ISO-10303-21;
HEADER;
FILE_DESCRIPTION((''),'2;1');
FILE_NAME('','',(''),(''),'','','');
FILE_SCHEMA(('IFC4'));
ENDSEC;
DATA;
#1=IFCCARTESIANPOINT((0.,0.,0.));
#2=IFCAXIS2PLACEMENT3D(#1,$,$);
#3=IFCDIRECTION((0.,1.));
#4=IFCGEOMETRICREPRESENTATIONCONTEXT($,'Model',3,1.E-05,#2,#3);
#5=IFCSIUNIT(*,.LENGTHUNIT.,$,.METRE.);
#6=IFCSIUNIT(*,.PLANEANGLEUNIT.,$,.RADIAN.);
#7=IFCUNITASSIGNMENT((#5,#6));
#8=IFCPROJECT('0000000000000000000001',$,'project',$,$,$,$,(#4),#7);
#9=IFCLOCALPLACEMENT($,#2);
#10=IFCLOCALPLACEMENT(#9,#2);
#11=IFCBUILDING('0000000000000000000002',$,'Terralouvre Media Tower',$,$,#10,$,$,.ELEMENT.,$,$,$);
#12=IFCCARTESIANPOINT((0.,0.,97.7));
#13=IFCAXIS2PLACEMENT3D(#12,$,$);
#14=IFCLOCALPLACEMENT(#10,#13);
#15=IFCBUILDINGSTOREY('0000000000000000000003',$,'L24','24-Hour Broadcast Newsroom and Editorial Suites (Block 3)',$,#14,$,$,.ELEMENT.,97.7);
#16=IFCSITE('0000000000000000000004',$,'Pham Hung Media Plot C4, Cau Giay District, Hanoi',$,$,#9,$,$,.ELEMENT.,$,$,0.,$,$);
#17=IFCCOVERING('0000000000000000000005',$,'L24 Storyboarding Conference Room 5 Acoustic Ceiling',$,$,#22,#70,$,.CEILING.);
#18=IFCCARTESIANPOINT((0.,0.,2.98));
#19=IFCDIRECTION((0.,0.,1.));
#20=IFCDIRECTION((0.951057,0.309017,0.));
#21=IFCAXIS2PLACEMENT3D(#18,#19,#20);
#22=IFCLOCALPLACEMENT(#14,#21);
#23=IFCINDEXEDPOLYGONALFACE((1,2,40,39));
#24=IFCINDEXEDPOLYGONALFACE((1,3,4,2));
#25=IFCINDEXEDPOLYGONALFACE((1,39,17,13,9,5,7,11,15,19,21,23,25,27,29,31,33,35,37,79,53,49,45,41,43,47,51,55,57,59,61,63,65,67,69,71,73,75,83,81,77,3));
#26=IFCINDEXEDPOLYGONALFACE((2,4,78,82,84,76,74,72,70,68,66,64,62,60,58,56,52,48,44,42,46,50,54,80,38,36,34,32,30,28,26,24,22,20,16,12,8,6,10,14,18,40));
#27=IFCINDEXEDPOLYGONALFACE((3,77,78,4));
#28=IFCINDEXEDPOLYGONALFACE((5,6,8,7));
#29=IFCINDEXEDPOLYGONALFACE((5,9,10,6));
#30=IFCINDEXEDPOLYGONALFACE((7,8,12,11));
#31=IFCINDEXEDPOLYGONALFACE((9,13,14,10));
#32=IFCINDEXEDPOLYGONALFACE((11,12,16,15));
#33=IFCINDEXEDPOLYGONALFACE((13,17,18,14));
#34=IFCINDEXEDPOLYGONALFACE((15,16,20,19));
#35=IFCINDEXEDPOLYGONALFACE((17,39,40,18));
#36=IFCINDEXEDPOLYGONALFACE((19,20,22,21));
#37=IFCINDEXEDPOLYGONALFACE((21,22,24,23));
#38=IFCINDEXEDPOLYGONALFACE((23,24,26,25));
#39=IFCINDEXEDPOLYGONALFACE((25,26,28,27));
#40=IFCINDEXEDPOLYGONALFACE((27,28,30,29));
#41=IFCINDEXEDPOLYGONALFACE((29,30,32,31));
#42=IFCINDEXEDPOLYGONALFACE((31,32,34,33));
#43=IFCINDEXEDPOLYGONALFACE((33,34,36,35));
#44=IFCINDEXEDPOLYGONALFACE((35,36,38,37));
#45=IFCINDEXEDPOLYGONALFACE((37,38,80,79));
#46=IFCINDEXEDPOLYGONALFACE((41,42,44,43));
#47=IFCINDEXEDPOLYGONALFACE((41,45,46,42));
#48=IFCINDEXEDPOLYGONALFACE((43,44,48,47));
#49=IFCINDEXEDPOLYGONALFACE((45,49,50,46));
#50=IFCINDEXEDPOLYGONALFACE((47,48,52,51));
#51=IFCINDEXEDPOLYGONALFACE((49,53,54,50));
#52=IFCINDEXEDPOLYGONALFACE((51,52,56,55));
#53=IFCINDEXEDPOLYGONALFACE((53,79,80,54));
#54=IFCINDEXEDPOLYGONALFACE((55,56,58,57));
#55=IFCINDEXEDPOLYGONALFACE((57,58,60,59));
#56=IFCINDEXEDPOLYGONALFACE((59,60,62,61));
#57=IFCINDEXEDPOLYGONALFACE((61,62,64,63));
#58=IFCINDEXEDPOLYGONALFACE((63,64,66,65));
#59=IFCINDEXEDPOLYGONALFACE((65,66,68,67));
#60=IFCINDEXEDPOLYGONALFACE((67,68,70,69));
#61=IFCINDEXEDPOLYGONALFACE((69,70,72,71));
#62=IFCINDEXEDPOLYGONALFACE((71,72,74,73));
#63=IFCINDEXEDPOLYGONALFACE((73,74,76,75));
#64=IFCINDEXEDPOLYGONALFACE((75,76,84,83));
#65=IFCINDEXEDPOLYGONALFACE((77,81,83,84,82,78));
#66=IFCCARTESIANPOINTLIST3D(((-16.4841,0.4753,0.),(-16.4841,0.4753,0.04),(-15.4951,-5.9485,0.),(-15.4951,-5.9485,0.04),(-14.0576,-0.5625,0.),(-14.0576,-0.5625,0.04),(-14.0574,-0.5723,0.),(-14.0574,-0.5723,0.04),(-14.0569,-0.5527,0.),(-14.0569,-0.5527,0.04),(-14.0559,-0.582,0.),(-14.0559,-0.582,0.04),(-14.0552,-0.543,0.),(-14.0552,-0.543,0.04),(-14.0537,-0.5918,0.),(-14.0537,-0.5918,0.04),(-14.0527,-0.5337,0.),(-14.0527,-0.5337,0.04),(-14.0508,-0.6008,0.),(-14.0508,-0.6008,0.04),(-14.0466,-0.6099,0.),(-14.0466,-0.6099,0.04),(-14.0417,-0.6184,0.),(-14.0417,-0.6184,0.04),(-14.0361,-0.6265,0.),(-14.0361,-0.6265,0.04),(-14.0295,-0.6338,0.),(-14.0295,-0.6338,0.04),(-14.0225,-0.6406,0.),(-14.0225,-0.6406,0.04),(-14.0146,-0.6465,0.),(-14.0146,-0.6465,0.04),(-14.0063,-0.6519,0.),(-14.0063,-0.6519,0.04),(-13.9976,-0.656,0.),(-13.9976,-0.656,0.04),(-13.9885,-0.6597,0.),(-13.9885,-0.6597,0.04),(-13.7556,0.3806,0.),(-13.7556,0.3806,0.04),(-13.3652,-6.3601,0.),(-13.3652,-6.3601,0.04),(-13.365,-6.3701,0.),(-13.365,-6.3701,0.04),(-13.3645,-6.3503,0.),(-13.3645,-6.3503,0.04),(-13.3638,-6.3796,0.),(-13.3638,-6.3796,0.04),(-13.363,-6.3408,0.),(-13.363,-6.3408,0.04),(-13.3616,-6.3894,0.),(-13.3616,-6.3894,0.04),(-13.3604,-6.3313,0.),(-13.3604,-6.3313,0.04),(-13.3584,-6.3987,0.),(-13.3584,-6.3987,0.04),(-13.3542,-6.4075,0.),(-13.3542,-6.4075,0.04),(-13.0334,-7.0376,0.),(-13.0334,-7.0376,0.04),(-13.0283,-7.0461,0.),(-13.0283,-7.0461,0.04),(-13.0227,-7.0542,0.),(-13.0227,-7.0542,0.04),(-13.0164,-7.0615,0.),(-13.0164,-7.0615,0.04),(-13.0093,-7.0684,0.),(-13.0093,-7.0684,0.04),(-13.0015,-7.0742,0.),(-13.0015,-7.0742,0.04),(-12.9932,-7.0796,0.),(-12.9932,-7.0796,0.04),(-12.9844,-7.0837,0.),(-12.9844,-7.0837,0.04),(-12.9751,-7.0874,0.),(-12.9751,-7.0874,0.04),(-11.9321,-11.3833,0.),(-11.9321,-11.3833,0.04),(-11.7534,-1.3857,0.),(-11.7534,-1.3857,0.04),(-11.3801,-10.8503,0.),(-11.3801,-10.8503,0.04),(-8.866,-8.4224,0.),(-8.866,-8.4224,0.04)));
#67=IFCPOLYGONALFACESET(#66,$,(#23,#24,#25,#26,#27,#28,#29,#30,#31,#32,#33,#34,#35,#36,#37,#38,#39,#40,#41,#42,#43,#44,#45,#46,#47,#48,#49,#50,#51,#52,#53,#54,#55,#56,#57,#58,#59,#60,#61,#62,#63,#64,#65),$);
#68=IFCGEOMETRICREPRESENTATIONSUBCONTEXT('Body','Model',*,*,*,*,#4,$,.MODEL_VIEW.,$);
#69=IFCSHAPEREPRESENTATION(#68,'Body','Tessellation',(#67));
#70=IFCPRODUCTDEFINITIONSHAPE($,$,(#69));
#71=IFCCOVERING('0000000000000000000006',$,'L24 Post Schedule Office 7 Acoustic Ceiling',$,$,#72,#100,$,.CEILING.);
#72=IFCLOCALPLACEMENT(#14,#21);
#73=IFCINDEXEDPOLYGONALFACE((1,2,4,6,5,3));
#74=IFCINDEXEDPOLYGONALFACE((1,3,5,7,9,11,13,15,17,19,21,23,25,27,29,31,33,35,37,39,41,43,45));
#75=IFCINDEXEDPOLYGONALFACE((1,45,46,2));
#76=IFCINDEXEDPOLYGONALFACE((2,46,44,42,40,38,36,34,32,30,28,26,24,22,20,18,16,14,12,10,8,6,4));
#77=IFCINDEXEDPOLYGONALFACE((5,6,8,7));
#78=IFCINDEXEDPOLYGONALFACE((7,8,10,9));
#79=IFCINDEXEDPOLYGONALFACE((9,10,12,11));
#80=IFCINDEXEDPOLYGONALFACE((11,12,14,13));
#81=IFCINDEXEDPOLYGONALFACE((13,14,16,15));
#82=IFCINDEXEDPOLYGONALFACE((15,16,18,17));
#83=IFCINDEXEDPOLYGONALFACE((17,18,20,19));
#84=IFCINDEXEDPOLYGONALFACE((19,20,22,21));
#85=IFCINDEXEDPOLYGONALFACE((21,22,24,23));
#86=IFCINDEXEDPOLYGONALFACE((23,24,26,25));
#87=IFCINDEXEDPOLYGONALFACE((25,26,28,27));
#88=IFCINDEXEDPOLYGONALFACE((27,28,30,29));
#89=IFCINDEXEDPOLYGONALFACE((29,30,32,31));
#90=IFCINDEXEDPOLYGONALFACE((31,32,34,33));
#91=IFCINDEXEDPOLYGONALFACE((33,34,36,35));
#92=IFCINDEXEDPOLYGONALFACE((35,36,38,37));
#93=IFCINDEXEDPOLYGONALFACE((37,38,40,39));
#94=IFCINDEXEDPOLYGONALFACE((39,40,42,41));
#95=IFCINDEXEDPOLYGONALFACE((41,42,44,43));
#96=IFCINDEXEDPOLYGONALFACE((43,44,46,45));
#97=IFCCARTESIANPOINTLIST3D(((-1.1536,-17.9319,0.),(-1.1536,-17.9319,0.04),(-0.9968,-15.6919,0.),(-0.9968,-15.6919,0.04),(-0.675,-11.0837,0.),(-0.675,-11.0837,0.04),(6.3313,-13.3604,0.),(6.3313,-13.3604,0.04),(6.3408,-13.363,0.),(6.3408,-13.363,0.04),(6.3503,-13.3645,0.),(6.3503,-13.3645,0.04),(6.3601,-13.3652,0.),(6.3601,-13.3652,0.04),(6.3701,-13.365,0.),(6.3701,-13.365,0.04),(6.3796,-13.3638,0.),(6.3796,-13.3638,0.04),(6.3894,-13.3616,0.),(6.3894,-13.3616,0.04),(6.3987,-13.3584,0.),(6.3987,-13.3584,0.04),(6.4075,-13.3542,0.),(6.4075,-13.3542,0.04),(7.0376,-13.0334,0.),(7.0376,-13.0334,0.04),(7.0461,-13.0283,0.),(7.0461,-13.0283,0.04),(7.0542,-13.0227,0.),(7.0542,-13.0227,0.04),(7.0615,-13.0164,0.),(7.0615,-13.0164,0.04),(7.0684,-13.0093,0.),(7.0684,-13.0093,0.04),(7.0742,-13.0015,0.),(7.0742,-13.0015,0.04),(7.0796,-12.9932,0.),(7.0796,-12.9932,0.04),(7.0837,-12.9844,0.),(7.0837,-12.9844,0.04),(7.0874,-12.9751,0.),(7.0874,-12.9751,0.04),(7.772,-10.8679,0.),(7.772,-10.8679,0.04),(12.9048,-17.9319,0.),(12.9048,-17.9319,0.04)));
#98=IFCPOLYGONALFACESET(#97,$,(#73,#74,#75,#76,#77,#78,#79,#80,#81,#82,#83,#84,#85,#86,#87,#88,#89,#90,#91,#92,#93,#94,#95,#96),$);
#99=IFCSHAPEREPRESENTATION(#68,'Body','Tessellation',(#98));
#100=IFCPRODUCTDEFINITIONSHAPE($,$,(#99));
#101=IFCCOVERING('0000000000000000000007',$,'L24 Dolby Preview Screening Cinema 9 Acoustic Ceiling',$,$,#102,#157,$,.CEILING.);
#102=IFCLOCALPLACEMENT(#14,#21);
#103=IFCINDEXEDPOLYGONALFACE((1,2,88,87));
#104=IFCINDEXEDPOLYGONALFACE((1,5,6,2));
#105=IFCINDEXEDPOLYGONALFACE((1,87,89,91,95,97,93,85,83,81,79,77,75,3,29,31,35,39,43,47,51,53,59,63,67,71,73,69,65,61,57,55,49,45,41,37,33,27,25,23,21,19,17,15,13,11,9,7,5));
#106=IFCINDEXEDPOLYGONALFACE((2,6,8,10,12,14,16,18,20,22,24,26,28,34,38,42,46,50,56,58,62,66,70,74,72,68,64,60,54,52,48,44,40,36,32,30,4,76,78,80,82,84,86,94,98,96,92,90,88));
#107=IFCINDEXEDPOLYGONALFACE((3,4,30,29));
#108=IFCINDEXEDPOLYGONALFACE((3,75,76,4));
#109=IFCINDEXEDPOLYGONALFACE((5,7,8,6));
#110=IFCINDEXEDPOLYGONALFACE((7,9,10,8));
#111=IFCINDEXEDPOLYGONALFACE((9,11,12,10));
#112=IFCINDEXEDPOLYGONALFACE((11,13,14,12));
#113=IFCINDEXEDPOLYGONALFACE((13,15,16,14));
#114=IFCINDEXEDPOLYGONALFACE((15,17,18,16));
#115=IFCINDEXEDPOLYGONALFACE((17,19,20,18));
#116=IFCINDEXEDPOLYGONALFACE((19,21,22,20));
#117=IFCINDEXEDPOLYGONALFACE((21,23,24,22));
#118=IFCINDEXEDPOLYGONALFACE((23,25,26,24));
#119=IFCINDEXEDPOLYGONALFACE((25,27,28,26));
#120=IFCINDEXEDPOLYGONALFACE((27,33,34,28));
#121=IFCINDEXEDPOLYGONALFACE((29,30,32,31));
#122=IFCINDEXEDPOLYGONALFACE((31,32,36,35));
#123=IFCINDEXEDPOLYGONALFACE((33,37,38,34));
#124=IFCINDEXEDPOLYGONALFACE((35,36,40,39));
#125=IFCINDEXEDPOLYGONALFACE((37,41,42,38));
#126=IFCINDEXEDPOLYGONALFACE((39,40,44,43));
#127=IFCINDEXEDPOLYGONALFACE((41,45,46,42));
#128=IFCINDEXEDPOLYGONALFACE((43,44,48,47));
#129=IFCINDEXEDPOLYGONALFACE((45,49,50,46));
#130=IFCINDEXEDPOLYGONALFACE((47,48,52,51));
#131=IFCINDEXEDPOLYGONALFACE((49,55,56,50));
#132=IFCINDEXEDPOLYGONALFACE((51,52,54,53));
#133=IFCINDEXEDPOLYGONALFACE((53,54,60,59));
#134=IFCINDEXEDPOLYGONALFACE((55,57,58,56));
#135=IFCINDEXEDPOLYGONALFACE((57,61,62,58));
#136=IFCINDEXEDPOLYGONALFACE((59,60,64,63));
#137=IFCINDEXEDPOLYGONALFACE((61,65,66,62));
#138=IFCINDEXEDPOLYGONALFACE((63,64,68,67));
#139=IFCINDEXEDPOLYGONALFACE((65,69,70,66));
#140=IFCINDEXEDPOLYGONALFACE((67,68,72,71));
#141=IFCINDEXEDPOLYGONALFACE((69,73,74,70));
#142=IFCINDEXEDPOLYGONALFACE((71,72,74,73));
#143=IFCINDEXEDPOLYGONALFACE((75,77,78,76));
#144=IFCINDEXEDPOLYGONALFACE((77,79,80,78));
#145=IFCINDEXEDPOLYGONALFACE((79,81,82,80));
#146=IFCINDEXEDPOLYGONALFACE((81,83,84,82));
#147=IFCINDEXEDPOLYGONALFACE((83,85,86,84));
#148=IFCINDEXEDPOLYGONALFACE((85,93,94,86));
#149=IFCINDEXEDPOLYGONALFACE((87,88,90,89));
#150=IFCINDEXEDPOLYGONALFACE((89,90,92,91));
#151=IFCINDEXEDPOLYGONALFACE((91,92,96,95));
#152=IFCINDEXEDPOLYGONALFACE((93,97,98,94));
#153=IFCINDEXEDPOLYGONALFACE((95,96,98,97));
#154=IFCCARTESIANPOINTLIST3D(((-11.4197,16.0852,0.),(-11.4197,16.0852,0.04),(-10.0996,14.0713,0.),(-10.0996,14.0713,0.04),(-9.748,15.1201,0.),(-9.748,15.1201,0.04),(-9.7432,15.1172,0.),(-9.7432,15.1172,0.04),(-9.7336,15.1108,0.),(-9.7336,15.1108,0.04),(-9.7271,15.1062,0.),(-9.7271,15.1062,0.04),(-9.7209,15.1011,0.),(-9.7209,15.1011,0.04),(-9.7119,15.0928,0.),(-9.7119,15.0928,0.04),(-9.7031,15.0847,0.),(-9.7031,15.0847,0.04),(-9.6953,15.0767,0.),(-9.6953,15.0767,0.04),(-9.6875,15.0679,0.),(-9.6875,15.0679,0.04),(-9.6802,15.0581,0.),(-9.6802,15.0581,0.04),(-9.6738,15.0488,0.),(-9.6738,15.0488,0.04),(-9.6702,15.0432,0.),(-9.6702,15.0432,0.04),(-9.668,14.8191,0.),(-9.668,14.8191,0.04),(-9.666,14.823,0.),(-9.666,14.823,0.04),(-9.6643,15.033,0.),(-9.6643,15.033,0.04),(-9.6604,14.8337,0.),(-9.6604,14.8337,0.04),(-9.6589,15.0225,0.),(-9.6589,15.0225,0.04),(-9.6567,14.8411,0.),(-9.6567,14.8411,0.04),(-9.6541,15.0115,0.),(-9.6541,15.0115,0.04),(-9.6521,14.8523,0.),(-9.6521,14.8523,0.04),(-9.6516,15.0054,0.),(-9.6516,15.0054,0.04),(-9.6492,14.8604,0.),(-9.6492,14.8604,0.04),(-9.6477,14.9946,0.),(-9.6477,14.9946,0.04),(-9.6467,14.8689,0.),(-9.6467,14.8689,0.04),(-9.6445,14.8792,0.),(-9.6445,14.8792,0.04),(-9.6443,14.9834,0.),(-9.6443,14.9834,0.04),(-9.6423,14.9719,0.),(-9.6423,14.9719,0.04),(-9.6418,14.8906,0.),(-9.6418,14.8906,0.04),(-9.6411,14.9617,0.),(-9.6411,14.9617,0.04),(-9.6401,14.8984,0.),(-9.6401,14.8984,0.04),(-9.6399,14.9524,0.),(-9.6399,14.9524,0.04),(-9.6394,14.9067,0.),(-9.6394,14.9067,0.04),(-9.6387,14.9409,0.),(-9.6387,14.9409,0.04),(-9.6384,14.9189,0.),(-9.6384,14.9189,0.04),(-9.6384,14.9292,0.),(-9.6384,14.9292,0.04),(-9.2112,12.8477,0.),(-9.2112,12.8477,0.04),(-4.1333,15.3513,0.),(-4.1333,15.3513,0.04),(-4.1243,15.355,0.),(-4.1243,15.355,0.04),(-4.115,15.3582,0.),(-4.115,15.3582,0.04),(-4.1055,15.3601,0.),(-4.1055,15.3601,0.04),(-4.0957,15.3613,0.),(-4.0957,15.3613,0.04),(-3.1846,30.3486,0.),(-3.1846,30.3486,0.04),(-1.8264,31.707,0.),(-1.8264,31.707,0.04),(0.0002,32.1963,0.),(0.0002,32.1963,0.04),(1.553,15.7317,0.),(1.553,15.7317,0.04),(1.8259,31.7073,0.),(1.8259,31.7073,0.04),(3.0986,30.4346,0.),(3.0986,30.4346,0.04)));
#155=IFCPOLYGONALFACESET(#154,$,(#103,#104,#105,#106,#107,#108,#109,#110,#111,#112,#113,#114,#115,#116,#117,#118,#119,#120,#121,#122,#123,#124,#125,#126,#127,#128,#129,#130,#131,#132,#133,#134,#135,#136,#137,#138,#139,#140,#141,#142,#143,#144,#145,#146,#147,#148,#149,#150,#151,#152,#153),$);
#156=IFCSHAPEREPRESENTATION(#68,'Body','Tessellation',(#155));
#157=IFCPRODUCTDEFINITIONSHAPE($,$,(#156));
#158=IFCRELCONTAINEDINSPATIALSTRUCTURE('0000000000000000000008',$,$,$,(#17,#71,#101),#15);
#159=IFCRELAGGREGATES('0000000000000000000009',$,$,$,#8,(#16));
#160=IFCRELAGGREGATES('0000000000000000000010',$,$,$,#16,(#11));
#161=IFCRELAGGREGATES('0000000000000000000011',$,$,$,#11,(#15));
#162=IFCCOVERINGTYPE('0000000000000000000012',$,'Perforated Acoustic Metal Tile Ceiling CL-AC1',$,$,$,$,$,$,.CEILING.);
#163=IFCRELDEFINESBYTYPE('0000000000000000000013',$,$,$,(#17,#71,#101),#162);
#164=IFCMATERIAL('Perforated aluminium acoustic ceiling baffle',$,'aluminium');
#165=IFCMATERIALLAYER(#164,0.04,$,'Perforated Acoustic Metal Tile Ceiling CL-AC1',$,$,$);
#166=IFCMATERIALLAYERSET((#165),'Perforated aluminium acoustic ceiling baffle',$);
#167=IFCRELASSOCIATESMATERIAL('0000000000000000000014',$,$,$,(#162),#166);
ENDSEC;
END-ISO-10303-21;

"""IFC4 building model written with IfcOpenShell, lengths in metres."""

from ifc_helpers import new_model, si_unit, direction, frame, origin, place, context, subcontext, project, spatial, polyline, outline, extrude, material, layer, layer_set, type_object, element, save


model = new_model("IFC4")

# Units and contexts
model_context = context("Model", 3, precision=1e-05, world=origin(), true_north=direction((0.0, 1.0)))
body_context = subcontext(model_context, "Body", "Model", "MODEL_VIEW")
ifc_project = project(units=[si_unit("LENGTHUNIT", "METRE"), si_unit("PLANEANGLEUNIT", "RADIAN")], contexts=[model_context])

# Site, building, storey
site_placement = place(None, origin())
site = spatial("IfcSite", under=ifc_project, at=site_placement, Name="Pham Hung Media Plot C4, Cau Giay District, Hanoi", CompositionType="ELEMENT", RefElevation=0.0)
building_placement = place(site_placement, origin())
building = spatial("IfcBuilding", under=site, at=building_placement, Name="Terralouvre Media Tower", CompositionType="ELEMENT")
storey_placement = place(building_placement, frame((0.0, 0.0, 97.7)))
storey = spatial("IfcBuildingStorey", under=building, at=storey_placement, Name="L24", Description="24-Hour Broadcast Newsroom and Editorial Suites (Block 3)", CompositionType="ELEMENT", Elevation=97.7)

# Coverings
ifc_material_1 = material(Name="Perforated aluminium acoustic ceiling baffle", Category="aluminium")
ifc_layer_1 = layer(ifc_material_1, 0.04, Name="Perforated Acoustic Metal Tile Ceiling CL-AC1")
ifc_layer_set_1 = layer_set([ifc_layer_1], Name="Perforated aluminium acoustic ceiling baffle")
covering_type_1 = type_object("IfcCoveringType", Name="Perforated Acoustic Metal Tile Ceiling CL-AC1", PredefinedType="CEILING", material=ifc_layer_set_1)
covering_1_placement = place(storey_placement, frame((0.0, 0.0, 2.98), z_axis=(0.0, 0.0, 1.0), x_axis=(0.951057, 0.309017, 0.0)))
element("IfcCovering", 1, at=covering_1_placement, inside=storey, type_object=covering_type_1, Name="L24 Storyboarding Conference Room 5 Acoustic Ceiling", PredefinedType="CEILING", context=body_context, shape_type="SweptSolid", body=[
    extrude(outline(polyline([(-13.9976, -0.656), (-14.0063, -0.6519), (-14.0146, -0.6465), (-14.0225, -0.6406), (-14.0295, -0.6338), (-14.0361, -0.6265), (-14.0417, -0.6184), (-14.0466, -0.6099), (-14.0508, -0.6008), (-14.0537, -0.5918), (-14.0559, -0.582), (-14.0574, -0.5723), (-14.0576, -0.5625), (-14.0569, -0.5527), (-14.0552, -0.543), (-14.0527, -0.5337), (-13.7556, 0.3806), (-16.4841, 0.4753), (-15.4951, -5.9485), (-11.9321, -11.3833), (-11.3801, -10.8503), (-8.866, -8.4224), (-12.9751, -7.0874), (-12.9844, -7.0837), (-12.9932, -7.0796), (-13.0015, -7.0742), (-13.0093, -7.0684), (-13.0164, -7.0615), (-13.0227, -7.0542), (-13.0283, -7.0461), (-13.0334, -7.0376), (-13.3542, -6.4075), (-13.3584, -6.3987), (-13.3616, -6.3894), (-13.3638, -6.3796), (-13.365, -6.3701), (-13.3652, -6.3601), (-13.3645, -6.3503), (-13.363, -6.3408), (-13.3604, -6.3313), (-11.7534, -1.3857), (-13.9885, -0.6597), (-13.9976, -0.656)])), origin(), (0.0, 0.0, 1.0), 0.04),
])
covering_2_placement = place(storey_placement, frame((0.0, 0.0, 2.98), z_axis=(0.0, 0.0, 1.0), x_axis=(0.951057, 0.309017, 0.0)))
element("IfcCovering", 2, at=covering_2_placement, inside=storey, type_object=covering_type_1, Name="L24 Post Schedule Office 7 Acoustic Ceiling", PredefinedType="CEILING", context=body_context, shape_type="SweptSolid", body=[
    extrude(outline(polyline([(7.0874, -12.9751), (7.0837, -12.9844), (7.0796, -12.9932), (7.0742, -13.0015), (7.0684, -13.0093), (7.0615, -13.0164), (7.0542, -13.0227), (7.0461, -13.0283), (7.0376, -13.0334), (6.4075, -13.3542), (6.3987, -13.3584), (6.3894, -13.3616), (6.3796, -13.3638), (6.3701, -13.365), (6.3601, -13.3652), (6.3503, -13.3645), (6.3408, -13.363), (6.3313, -13.3604), (-0.675, -11.0837), (-0.9968, -15.6919), (-1.1536, -17.9319), (12.9048, -17.9319), (7.772, -10.8679), (7.0874, -12.9751)])), origin(), (0.0, 0.0, 1.0), 0.04),
])
covering_3_placement = place(storey_placement, frame((0.0, 0.0, 2.98), z_axis=(0.0, 0.0, 1.0), x_axis=(0.951057, 0.309017, 0.0)))
element("IfcCovering", 3, at=covering_3_placement, inside=storey, type_object=covering_type_1, Name="L24 Dolby Preview Screening Cinema 9 Acoustic Ceiling", PredefinedType="CEILING", context=body_context, shape_type="SweptSolid", body=[
    extrude(outline(polyline([(-11.4197, 16.0852), (-9.748, 15.1201), (-9.7432, 15.1172), (-9.7336, 15.1108), (-9.7271, 15.1062), (-9.7209, 15.1011), (-9.7119, 15.0928), (-9.7031, 15.0847), (-9.6953, 15.0767), (-9.6875, 15.0679), (-9.6802, 15.0581), (-9.6738, 15.0488), (-9.6702, 15.0432), (-9.6643, 15.033), (-9.6589, 15.0225), (-9.6541, 15.0115), (-9.6516, 15.0054), (-9.6477, 14.9946), (-9.6443, 14.9834), (-9.6423, 14.9719), (-9.6411, 14.9617), (-9.6399, 14.9524), (-9.6387, 14.9409), (-9.6384, 14.9292), (-9.6384, 14.9189), (-9.6394, 14.9067), (-9.6401, 14.8984), (-9.6418, 14.8906), (-9.6445, 14.8792), (-9.6467, 14.8689), (-9.6492, 14.8604), (-9.6521, 14.8523), (-9.6567, 14.8411), (-9.6604, 14.8337), (-9.666, 14.823), (-9.668, 14.8191), (-10.0996, 14.0713), (-9.2112, 12.8477), (-4.1333, 15.3513), (-4.1243, 15.355), (-4.115, 15.3582), (-4.1055, 15.3601), (-4.0957, 15.3613), (1.553, 15.7317), (3.0986, 30.4346), (1.8259, 31.7073), (0.0002, 32.1963), (-1.8264, 31.707), (-3.1846, 30.3486), (-11.4197, 16.0852)])), origin(), (0.0, 0.0, 1.0), 0.04),
])

save(model, "model.ifc")
